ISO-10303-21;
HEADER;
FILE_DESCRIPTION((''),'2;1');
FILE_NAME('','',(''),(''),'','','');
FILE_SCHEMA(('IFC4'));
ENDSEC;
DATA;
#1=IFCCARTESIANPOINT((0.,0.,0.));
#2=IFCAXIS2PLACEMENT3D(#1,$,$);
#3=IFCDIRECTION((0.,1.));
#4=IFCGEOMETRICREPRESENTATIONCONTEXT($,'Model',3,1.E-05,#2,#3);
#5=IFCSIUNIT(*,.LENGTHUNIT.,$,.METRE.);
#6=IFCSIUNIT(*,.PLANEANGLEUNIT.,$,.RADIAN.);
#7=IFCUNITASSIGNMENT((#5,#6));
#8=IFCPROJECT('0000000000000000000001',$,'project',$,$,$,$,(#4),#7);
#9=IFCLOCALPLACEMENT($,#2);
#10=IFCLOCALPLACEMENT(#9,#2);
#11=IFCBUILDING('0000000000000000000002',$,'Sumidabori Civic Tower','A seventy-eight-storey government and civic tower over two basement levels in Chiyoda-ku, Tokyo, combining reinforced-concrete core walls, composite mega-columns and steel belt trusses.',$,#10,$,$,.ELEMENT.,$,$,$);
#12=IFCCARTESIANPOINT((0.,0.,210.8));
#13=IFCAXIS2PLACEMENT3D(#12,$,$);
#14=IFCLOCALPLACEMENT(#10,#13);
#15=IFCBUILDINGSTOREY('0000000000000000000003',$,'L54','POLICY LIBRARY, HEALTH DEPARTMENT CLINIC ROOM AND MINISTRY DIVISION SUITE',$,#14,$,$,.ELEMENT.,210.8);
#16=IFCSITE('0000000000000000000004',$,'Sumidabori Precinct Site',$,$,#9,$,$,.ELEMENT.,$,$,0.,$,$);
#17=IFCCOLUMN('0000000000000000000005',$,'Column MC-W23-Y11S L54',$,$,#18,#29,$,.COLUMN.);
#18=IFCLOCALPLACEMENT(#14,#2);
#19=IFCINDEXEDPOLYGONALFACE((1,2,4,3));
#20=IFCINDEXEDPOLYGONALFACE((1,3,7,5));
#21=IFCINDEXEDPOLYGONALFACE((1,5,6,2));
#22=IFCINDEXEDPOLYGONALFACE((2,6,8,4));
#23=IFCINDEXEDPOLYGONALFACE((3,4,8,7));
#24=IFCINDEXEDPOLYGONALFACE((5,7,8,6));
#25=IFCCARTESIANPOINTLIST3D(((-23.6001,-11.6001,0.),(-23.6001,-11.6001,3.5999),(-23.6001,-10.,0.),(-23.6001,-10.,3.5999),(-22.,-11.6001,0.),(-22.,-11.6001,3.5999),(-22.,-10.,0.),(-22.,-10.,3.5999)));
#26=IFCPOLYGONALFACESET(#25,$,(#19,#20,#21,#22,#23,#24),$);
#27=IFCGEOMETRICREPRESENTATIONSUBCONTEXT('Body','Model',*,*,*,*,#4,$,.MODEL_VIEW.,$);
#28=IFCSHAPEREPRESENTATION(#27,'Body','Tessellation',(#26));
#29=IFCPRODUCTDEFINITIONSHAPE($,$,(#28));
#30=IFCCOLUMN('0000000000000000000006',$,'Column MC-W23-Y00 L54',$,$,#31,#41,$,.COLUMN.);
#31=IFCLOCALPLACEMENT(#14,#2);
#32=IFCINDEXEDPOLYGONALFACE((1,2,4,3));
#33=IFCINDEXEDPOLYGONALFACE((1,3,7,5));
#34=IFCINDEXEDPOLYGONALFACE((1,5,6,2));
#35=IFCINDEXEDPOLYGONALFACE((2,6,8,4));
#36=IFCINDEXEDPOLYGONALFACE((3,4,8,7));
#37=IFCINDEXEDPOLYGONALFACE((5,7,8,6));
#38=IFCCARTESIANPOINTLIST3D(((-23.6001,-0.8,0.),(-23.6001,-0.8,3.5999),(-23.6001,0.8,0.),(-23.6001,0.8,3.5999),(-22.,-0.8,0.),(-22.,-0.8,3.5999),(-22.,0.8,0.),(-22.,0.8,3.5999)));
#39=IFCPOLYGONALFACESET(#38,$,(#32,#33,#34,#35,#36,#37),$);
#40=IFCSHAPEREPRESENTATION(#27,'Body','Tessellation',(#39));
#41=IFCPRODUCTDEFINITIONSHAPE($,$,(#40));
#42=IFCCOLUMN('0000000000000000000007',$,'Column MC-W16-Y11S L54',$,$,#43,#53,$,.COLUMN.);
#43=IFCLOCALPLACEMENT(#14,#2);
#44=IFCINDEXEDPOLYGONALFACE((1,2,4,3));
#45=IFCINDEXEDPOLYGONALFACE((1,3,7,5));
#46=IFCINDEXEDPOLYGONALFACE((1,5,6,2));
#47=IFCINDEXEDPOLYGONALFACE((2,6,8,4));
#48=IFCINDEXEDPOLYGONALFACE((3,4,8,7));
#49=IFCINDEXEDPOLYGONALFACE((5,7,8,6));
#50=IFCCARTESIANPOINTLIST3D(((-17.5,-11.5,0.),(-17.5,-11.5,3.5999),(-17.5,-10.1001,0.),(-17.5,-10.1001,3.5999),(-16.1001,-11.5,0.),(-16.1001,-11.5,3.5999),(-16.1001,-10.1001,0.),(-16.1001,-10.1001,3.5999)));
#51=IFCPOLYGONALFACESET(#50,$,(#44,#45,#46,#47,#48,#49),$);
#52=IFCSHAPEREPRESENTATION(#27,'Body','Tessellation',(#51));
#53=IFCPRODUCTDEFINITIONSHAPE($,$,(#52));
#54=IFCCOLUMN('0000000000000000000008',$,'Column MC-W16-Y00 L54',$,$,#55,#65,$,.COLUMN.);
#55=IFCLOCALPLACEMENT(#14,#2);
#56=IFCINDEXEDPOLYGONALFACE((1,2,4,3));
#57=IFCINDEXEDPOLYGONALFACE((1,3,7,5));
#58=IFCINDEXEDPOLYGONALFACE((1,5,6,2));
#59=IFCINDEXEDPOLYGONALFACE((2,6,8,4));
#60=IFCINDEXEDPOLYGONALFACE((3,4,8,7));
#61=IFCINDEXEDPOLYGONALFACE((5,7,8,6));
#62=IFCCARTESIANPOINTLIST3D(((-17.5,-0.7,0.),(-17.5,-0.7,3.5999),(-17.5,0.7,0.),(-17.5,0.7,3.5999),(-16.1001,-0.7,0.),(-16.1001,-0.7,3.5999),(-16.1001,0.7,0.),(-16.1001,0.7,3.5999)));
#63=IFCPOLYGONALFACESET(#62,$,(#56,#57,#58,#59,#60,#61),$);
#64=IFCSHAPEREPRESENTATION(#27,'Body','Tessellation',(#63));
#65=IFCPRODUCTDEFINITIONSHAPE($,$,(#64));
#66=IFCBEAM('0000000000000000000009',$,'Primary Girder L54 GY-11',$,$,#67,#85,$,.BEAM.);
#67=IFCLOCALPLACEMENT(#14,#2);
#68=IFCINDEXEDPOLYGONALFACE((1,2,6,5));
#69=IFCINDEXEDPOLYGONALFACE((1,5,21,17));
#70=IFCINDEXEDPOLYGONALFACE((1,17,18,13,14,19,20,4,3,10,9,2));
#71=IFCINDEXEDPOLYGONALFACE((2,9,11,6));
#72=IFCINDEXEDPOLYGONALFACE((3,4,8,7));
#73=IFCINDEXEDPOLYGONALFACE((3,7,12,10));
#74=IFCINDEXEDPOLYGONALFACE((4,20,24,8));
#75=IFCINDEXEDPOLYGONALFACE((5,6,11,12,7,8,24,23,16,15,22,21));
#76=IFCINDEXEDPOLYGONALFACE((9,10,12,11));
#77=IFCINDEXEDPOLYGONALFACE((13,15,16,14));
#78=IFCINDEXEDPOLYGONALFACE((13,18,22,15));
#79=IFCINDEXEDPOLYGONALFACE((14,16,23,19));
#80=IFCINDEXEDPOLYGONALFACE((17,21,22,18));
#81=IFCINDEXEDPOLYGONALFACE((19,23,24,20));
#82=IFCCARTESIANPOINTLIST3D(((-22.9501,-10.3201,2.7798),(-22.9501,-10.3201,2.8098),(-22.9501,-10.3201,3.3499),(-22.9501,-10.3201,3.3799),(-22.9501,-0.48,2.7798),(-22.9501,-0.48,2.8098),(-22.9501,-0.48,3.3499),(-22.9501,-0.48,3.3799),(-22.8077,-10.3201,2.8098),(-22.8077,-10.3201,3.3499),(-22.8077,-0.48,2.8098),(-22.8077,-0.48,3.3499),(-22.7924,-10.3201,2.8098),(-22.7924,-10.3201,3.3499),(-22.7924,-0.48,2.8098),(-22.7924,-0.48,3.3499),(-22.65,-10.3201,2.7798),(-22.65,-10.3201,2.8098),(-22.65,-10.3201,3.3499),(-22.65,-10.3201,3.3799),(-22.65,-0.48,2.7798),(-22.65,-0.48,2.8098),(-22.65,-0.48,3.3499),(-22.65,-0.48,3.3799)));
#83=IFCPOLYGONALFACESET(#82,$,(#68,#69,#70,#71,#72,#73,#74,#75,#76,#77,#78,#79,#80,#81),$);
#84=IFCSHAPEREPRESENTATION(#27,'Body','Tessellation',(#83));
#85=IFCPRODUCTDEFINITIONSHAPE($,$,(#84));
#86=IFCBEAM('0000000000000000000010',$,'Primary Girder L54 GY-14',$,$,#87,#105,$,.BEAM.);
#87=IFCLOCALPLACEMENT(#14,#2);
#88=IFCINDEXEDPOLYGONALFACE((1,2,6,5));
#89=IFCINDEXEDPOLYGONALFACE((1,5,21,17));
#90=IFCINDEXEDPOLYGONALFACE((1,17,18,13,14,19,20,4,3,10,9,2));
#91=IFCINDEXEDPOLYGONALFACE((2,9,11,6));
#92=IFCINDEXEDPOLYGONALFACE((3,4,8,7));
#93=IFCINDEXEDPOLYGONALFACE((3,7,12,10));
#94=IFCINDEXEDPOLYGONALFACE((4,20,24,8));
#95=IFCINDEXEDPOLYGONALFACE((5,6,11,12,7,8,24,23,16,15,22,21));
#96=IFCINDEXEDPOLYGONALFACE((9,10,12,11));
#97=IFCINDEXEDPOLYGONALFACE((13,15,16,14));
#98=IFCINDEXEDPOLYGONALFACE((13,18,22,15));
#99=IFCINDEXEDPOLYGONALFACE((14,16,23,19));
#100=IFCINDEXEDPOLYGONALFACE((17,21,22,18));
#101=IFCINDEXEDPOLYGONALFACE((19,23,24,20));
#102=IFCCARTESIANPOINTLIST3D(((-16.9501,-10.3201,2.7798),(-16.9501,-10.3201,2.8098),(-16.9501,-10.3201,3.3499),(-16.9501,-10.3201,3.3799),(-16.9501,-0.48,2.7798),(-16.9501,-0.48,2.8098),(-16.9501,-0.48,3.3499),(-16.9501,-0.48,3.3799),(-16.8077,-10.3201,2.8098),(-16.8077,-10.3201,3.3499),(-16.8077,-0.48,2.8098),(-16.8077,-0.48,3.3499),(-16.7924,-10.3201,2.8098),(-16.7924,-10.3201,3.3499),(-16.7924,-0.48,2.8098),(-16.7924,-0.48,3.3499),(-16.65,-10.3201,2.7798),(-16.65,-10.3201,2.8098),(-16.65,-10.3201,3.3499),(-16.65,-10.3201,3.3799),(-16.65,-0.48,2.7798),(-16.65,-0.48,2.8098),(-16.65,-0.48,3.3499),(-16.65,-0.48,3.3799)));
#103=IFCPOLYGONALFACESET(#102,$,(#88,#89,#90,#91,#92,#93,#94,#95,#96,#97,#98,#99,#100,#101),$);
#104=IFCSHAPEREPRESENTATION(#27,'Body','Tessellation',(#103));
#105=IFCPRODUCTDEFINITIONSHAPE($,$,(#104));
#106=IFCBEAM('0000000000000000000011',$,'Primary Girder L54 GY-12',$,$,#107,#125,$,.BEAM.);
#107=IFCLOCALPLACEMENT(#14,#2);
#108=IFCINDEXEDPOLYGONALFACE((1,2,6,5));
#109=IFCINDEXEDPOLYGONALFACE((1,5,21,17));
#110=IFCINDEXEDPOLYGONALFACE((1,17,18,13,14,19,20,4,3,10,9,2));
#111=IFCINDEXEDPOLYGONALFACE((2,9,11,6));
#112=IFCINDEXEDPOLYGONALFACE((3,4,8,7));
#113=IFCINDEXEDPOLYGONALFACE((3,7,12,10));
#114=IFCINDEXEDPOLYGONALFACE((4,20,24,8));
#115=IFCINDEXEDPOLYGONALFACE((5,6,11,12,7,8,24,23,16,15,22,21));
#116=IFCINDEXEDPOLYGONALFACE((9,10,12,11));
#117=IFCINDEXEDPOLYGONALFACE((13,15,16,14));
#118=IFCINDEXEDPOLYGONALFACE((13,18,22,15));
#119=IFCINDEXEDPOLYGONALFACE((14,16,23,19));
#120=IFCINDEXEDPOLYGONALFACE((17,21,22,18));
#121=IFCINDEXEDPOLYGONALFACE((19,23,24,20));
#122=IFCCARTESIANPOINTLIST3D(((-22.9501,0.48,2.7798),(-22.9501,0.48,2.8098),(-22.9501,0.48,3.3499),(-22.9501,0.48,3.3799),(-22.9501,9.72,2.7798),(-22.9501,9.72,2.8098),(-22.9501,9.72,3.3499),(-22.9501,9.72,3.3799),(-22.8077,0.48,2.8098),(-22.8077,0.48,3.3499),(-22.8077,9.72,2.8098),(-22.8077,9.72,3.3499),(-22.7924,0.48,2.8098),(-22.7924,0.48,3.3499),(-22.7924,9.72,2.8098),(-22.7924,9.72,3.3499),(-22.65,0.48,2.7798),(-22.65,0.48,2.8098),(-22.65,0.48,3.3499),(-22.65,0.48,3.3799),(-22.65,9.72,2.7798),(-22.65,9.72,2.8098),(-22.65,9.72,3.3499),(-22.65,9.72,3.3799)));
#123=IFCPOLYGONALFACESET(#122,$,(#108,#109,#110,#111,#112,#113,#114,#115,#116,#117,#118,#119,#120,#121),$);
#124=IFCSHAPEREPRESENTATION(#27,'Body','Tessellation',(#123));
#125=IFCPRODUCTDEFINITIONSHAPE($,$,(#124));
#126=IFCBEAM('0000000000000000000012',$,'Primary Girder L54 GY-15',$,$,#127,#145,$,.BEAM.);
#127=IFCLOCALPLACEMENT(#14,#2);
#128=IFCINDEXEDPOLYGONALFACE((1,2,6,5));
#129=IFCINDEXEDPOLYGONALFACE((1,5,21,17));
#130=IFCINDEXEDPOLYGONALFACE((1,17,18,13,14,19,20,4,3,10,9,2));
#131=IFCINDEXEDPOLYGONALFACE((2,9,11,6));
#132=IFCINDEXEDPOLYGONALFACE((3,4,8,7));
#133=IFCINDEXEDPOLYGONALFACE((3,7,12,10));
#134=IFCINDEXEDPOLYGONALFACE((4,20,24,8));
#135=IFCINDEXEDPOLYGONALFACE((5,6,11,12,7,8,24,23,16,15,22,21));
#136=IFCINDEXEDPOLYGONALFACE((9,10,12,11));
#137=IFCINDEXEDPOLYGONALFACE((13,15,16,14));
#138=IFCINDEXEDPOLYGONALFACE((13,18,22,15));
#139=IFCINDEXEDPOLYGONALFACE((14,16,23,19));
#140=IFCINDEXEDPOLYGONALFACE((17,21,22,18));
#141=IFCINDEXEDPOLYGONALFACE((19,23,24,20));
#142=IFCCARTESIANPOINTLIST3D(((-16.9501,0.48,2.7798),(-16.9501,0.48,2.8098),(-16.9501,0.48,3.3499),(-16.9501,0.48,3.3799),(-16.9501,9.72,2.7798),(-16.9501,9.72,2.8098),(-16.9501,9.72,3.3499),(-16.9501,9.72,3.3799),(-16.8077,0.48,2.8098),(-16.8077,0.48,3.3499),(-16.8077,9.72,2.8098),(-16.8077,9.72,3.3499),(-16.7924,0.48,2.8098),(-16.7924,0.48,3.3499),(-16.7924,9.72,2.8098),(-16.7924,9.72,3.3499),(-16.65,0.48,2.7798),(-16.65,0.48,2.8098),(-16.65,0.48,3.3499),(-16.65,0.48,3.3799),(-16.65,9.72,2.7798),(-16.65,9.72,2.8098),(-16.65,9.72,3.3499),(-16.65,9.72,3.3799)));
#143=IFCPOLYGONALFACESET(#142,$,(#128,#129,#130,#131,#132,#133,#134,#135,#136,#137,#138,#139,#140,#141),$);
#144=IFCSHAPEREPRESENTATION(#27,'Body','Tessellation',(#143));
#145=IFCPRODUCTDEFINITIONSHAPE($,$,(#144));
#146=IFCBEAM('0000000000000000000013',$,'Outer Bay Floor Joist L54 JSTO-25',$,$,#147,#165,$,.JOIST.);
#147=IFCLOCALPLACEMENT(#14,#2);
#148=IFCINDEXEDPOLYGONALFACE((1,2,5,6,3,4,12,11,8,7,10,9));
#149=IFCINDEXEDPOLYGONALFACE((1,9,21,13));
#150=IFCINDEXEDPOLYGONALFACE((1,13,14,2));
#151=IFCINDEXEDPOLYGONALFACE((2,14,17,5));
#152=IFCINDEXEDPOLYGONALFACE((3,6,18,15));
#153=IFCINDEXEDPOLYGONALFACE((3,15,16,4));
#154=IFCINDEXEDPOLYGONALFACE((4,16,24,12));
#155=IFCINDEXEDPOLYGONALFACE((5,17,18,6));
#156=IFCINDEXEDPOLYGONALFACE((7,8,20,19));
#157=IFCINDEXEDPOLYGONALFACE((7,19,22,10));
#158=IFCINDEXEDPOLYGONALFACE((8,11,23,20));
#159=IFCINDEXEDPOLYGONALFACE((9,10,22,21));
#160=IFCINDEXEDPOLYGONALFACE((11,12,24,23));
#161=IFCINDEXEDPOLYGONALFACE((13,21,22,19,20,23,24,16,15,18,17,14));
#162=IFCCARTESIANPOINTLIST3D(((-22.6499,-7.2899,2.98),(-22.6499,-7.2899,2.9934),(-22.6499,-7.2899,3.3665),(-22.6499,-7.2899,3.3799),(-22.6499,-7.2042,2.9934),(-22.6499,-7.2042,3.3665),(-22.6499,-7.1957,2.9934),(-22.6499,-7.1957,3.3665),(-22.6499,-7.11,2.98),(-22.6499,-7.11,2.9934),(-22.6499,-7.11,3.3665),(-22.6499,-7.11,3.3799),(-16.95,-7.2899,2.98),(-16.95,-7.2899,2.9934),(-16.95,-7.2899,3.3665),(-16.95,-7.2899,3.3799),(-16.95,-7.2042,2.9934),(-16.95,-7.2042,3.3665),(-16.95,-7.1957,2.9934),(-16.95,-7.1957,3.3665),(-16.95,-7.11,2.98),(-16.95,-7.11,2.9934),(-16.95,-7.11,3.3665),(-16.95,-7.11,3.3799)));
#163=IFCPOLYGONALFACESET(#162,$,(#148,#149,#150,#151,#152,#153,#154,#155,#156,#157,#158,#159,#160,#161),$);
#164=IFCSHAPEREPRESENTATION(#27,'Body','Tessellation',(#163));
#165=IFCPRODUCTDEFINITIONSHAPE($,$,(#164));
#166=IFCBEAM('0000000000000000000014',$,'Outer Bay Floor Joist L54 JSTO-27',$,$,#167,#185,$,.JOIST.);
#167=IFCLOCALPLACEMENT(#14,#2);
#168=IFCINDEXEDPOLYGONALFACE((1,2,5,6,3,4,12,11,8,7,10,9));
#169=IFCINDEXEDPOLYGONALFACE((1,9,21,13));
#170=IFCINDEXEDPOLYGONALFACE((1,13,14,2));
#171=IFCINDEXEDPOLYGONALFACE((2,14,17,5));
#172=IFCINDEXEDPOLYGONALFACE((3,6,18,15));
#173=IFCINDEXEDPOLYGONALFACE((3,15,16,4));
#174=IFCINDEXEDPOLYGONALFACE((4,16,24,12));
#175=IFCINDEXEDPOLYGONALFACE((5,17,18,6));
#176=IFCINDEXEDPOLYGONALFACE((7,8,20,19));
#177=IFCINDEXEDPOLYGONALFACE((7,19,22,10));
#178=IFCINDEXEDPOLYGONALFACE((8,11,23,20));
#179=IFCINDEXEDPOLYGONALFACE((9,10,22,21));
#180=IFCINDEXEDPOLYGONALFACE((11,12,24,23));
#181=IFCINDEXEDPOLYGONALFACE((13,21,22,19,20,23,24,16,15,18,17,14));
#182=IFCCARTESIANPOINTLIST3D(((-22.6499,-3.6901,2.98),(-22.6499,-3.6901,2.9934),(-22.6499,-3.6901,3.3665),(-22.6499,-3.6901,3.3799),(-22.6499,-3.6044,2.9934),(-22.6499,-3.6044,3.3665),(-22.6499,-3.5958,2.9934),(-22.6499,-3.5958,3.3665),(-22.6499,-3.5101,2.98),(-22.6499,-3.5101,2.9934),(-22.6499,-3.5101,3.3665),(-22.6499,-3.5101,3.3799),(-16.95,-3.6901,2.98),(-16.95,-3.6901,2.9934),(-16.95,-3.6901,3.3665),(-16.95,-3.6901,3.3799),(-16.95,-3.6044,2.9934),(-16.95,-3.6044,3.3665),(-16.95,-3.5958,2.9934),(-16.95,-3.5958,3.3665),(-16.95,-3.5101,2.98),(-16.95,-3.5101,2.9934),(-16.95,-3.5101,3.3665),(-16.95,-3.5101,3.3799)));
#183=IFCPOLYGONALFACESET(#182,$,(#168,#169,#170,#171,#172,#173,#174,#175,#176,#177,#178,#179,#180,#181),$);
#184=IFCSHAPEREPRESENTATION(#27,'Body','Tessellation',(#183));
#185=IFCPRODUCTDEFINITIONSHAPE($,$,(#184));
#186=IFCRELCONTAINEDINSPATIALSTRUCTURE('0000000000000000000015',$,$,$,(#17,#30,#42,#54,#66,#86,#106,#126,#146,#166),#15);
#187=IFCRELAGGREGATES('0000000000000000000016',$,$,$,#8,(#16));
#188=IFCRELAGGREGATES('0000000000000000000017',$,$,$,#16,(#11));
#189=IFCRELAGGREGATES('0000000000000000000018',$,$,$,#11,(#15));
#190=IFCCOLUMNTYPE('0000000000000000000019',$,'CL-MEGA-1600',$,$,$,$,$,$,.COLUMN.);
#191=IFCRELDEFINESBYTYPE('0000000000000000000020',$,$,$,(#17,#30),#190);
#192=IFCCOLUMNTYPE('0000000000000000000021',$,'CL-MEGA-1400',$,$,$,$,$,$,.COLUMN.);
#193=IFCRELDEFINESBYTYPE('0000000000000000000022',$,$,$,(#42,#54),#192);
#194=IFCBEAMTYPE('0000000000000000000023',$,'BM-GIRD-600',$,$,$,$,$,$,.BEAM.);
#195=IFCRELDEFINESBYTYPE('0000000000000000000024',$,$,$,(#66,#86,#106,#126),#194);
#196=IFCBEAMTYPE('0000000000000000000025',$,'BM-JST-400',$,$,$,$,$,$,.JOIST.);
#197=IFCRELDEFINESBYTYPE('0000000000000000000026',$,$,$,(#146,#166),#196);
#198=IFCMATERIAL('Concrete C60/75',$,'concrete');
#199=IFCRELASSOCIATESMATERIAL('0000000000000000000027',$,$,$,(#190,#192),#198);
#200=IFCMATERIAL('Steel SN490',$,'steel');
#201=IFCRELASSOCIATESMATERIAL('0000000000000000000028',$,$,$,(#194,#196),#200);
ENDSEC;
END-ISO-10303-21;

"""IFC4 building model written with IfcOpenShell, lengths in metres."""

from ifc_helpers import new_model, si_unit, direction, frame, origin, origin_2d, place, context, subcontext, project, spatial, rectangle, i_section, extrude, source, transform, mapped, material, material_profile, profile_set, type_object, element, save


model = new_model("IFC4")

# Units and contexts
model_context = context("Model", 3, precision=1e-05, world=origin(), true_north=direction((0.0, 1.0)))
body_context = subcontext(model_context, "Body", "Model", "MODEL_VIEW")
ifc_project = project(units=[si_unit("LENGTHUNIT", "METRE"), si_unit("PLANEANGLEUNIT", "RADIAN")], contexts=[model_context])

# Site, building, storey
site_placement = place(None, origin())
site = spatial("IfcSite", under=ifc_project, at=site_placement, Name="Sumidabori Precinct Site", CompositionType="ELEMENT", RefElevation=0.0)
building_placement = place(site_placement, origin())
building = spatial("IfcBuilding", under=site, at=building_placement, Name="Sumidabori Civic Tower", Description="A seventy-eight-storey government and civic tower over two basement levels in Chiyoda-ku, Tokyo, combining reinforced-concrete core walls, composite mega-columns and steel belt trusses.", CompositionType="ELEMENT")
storey_placement = place(building_placement, frame((0.0, 0.0, 210.8)))
storey = spatial("IfcBuildingStorey", under=building, at=storey_placement, Name="L54", Description="POLICY LIBRARY, HEALTH DEPARTMENT CLINIC ROOM AND MINISTRY DIVISION SUITE", CompositionType="ELEMENT", Elevation=210.8)

# Columns
ifc_material_1 = material(Name="Concrete C60/75", Category="concrete")
ifc_material_profile_1 = material_profile(ifc_material_1, rectangle(XDim=1.6001, YDim=1.6001, at=origin_2d()), Name="RC 1600x1600")
ifc_profile_set_1 = profile_set([ifc_material_profile_1], Name="Concrete C60/75")
column_type_1 = type_object("IfcColumnType", Name="CL-MEGA-1600", PredefinedType="COLUMN", material=ifc_profile_set_1)
shared_shape_1 = source(origin(), body_context, "Body", "SweptSolid", [
    extrude(rectangle(XDim=1.6001, YDim=1.6001, at=origin_2d()), origin(), (0.0, 0.0, 1.0), 3.5999),
])
for number, where, z_axis, x_axis, name in (
    (1, (-22.8, -10.8, 0.0), (0.0, 0.0, 1.0), (1.0, 0.0, 0.0), "Column MC-W23-Y11S L54"),
    (2, (-22.8, 0.0, 0.0), (0.0, 0.0, 1.0), (1.0, 0.0, 0.0), "Column MC-W23-Y00 L54"),
):
    element("IfcColumn", number, at=place(storey_placement, frame(where, z_axis=z_axis, x_axis=x_axis)), inside=storey, type_object=column_type_1, Name=name, PredefinedType="COLUMN", context=body_context, shape_type="MappedRepresentation", body=[
        mapped(shared_shape_1, transform((0.0, 0.0, 0.0), x_axis=(1.0, 0.0, 0.0), y_axis=(0.0, 1.0, 0.0), z_axis=(0.0, 0.0, 1.0), scale=1.0)),
    ])
ifc_material_profile_2 = material_profile(ifc_material_1, rectangle(XDim=1.3999, YDim=1.3999, at=origin_2d()), Name="RC 1400x1400")
ifc_profile_set_2 = profile_set([ifc_material_profile_2], Name="Concrete C60/75")
column_type_2 = type_object("IfcColumnType", Name="CL-MEGA-1400", PredefinedType="COLUMN", material=ifc_profile_set_2)
shared_shape_2 = source(origin(), body_context, "Body", "SweptSolid", [
    extrude(rectangle(XDim=1.3999, YDim=1.3999, at=origin_2d()), origin(), (0.0, 0.0, 1.0), 3.5999),
])
for number, where, z_axis, x_axis, name in (
    (3, (-16.8, -10.8, 0.0), (0.0, 0.0, 1.0), (1.0, 0.0, 0.0), "Column MC-W16-Y11S L54"),
    (4, (-16.8, 0.0, 0.0), (0.0, 0.0, 1.0), (1.0, 0.0, 0.0), "Column MC-W16-Y00 L54"),
):
    element("IfcColumn", number, at=place(storey_placement, frame(where, z_axis=z_axis, x_axis=x_axis)), inside=storey, type_object=column_type_2, Name=name, PredefinedType="COLUMN", context=body_context, shape_type="MappedRepresentation", body=[
        mapped(shared_shape_2, transform((0.0, 0.0, 0.0), x_axis=(1.0, 0.0, 0.0), y_axis=(0.0, 1.0, 0.0), z_axis=(0.0, 0.0, 1.0), scale=1.0)),
    ])

# Beams
ifc_material_2 = material(Name="Steel SN490", Category="steel")
ifc_material_profile_3 = material_profile(ifc_material_2, i_section(OverallWidth=0.3, OverallDepth=0.6001, WebThickness=0.0154, FlangeThickness=0.03, at=origin_2d()), Name="HE 600 B")
ifc_profile_set_3 = profile_set([ifc_material_profile_3], Name="Steel SN490")
beam_type_1 = type_object("IfcBeamType", Name="BM-GIRD-600", PredefinedType="BEAM", material=ifc_profile_set_3)
shared_shape_3 = source(origin(), body_context, "Body", "SweptSolid", [
    extrude(i_section(OverallWidth=0.3, OverallDepth=0.6001, WebThickness=0.0154, FlangeThickness=0.03, at=origin_2d()), origin(), (0.0, 0.0, 1.0), 9.8401),
])
for number, where, z_axis, x_axis, name in (
    (5, (-22.8, -10.3201, 3.0798), (0.0, 1.0, 0.0), (-1.0, 0.0, 0.0), "Primary Girder L54 GY-11"),
    (6, (-16.8, -10.3201, 3.0798), (0.0, 1.0, 0.0), (-1.0, 0.0, 0.0), "Primary Girder L54 GY-14"),
):
    element("IfcBeam", number, at=place(storey_placement, frame(where, z_axis=z_axis, x_axis=x_axis)), inside=storey, type_object=beam_type_1, Name=name, PredefinedType="BEAM", context=body_context, shape_type="MappedRepresentation", body=[
        mapped(shared_shape_3, transform((0.0, 0.0, 0.0), x_axis=(1.0, 0.0, 0.0), y_axis=(0.0, 1.0, 0.0), z_axis=(0.0, 0.0, 1.0), scale=1.0)),
    ])
shared_shape_4 = source(origin(), body_context, "Body", "SweptSolid", [
    extrude(i_section(OverallWidth=0.3, OverallDepth=0.6001, WebThickness=0.0154, FlangeThickness=0.03, at=origin_2d()), origin(), (0.0, 0.0, 1.0), 9.24),
])
for number, where, z_axis, x_axis, name in (
    (7, (-22.8, 0.48, 3.0798), (0.0, 1.0, 0.0), (-1.0, 0.0, 0.0), "Primary Girder L54 GY-12"),
    (8, (-16.8, 0.48, 3.0798), (0.0, 1.0, 0.0), (-1.0, 0.0, 0.0), "Primary Girder L54 GY-15"),
):
    element("IfcBeam", number, at=place(storey_placement, frame(where, z_axis=z_axis, x_axis=x_axis)), inside=storey, type_object=beam_type_1, Name=name, PredefinedType="BEAM", context=body_context, shape_type="MappedRepresentation", body=[
        mapped(shared_shape_4, transform((0.0, 0.0, 0.0), x_axis=(1.0, 0.0, 0.0), y_axis=(0.0, 1.0, 0.0), z_axis=(0.0, 0.0, 1.0), scale=1.0)),
    ])
ifc_material_profile_4 = material_profile(ifc_material_2, i_section(OverallWidth=0.1799, OverallDepth=0.3999, WebThickness=0.0085, FlangeThickness=0.0134, at=origin_2d()), Name="IPE 400")
ifc_profile_set_4 = profile_set([ifc_material_profile_4], Name="Steel SN490")
beam_type_2 = type_object("IfcBeamType", Name="BM-JST-400", PredefinedType="JOIST", material=ifc_profile_set_4)
shared_shape_5 = source(origin(), body_context, "Body", "SweptSolid", [
    extrude(i_section(OverallWidth=0.1799, OverallDepth=0.3999, WebThickness=0.0085, FlangeThickness=0.0134, at=origin_2d()), origin(), (0.0, 0.0, 1.0), 5.7),
])
for number, where, z_axis, x_axis, name in (
    (9, (-22.6499, -7.2, 3.1799), (1.0, 0.0, 0.0), (0.0, 1.0, 0.0), "Outer Bay Floor Joist L54 JSTO-25"),
    (10, (-22.6499, -3.6001, 3.1799), (1.0, 0.0, 0.0), (0.0, 1.0, 0.0), "Outer Bay Floor Joist L54 JSTO-27"),
):
    element("IfcBeam", number, at=place(storey_placement, frame(where, z_axis=z_axis, x_axis=x_axis)), inside=storey, type_object=beam_type_2, Name=name, PredefinedType="JOIST", context=body_context, shape_type="MappedRepresentation", body=[
        mapped(shared_shape_5, transform((0.0, 0.0, 0.0), x_axis=(1.0, 0.0, 0.0), y_axis=(0.0, 1.0, 0.0), z_axis=(0.0, 0.0, 1.0), scale=1.0)),
    ])

save(model, "model.ifc")
